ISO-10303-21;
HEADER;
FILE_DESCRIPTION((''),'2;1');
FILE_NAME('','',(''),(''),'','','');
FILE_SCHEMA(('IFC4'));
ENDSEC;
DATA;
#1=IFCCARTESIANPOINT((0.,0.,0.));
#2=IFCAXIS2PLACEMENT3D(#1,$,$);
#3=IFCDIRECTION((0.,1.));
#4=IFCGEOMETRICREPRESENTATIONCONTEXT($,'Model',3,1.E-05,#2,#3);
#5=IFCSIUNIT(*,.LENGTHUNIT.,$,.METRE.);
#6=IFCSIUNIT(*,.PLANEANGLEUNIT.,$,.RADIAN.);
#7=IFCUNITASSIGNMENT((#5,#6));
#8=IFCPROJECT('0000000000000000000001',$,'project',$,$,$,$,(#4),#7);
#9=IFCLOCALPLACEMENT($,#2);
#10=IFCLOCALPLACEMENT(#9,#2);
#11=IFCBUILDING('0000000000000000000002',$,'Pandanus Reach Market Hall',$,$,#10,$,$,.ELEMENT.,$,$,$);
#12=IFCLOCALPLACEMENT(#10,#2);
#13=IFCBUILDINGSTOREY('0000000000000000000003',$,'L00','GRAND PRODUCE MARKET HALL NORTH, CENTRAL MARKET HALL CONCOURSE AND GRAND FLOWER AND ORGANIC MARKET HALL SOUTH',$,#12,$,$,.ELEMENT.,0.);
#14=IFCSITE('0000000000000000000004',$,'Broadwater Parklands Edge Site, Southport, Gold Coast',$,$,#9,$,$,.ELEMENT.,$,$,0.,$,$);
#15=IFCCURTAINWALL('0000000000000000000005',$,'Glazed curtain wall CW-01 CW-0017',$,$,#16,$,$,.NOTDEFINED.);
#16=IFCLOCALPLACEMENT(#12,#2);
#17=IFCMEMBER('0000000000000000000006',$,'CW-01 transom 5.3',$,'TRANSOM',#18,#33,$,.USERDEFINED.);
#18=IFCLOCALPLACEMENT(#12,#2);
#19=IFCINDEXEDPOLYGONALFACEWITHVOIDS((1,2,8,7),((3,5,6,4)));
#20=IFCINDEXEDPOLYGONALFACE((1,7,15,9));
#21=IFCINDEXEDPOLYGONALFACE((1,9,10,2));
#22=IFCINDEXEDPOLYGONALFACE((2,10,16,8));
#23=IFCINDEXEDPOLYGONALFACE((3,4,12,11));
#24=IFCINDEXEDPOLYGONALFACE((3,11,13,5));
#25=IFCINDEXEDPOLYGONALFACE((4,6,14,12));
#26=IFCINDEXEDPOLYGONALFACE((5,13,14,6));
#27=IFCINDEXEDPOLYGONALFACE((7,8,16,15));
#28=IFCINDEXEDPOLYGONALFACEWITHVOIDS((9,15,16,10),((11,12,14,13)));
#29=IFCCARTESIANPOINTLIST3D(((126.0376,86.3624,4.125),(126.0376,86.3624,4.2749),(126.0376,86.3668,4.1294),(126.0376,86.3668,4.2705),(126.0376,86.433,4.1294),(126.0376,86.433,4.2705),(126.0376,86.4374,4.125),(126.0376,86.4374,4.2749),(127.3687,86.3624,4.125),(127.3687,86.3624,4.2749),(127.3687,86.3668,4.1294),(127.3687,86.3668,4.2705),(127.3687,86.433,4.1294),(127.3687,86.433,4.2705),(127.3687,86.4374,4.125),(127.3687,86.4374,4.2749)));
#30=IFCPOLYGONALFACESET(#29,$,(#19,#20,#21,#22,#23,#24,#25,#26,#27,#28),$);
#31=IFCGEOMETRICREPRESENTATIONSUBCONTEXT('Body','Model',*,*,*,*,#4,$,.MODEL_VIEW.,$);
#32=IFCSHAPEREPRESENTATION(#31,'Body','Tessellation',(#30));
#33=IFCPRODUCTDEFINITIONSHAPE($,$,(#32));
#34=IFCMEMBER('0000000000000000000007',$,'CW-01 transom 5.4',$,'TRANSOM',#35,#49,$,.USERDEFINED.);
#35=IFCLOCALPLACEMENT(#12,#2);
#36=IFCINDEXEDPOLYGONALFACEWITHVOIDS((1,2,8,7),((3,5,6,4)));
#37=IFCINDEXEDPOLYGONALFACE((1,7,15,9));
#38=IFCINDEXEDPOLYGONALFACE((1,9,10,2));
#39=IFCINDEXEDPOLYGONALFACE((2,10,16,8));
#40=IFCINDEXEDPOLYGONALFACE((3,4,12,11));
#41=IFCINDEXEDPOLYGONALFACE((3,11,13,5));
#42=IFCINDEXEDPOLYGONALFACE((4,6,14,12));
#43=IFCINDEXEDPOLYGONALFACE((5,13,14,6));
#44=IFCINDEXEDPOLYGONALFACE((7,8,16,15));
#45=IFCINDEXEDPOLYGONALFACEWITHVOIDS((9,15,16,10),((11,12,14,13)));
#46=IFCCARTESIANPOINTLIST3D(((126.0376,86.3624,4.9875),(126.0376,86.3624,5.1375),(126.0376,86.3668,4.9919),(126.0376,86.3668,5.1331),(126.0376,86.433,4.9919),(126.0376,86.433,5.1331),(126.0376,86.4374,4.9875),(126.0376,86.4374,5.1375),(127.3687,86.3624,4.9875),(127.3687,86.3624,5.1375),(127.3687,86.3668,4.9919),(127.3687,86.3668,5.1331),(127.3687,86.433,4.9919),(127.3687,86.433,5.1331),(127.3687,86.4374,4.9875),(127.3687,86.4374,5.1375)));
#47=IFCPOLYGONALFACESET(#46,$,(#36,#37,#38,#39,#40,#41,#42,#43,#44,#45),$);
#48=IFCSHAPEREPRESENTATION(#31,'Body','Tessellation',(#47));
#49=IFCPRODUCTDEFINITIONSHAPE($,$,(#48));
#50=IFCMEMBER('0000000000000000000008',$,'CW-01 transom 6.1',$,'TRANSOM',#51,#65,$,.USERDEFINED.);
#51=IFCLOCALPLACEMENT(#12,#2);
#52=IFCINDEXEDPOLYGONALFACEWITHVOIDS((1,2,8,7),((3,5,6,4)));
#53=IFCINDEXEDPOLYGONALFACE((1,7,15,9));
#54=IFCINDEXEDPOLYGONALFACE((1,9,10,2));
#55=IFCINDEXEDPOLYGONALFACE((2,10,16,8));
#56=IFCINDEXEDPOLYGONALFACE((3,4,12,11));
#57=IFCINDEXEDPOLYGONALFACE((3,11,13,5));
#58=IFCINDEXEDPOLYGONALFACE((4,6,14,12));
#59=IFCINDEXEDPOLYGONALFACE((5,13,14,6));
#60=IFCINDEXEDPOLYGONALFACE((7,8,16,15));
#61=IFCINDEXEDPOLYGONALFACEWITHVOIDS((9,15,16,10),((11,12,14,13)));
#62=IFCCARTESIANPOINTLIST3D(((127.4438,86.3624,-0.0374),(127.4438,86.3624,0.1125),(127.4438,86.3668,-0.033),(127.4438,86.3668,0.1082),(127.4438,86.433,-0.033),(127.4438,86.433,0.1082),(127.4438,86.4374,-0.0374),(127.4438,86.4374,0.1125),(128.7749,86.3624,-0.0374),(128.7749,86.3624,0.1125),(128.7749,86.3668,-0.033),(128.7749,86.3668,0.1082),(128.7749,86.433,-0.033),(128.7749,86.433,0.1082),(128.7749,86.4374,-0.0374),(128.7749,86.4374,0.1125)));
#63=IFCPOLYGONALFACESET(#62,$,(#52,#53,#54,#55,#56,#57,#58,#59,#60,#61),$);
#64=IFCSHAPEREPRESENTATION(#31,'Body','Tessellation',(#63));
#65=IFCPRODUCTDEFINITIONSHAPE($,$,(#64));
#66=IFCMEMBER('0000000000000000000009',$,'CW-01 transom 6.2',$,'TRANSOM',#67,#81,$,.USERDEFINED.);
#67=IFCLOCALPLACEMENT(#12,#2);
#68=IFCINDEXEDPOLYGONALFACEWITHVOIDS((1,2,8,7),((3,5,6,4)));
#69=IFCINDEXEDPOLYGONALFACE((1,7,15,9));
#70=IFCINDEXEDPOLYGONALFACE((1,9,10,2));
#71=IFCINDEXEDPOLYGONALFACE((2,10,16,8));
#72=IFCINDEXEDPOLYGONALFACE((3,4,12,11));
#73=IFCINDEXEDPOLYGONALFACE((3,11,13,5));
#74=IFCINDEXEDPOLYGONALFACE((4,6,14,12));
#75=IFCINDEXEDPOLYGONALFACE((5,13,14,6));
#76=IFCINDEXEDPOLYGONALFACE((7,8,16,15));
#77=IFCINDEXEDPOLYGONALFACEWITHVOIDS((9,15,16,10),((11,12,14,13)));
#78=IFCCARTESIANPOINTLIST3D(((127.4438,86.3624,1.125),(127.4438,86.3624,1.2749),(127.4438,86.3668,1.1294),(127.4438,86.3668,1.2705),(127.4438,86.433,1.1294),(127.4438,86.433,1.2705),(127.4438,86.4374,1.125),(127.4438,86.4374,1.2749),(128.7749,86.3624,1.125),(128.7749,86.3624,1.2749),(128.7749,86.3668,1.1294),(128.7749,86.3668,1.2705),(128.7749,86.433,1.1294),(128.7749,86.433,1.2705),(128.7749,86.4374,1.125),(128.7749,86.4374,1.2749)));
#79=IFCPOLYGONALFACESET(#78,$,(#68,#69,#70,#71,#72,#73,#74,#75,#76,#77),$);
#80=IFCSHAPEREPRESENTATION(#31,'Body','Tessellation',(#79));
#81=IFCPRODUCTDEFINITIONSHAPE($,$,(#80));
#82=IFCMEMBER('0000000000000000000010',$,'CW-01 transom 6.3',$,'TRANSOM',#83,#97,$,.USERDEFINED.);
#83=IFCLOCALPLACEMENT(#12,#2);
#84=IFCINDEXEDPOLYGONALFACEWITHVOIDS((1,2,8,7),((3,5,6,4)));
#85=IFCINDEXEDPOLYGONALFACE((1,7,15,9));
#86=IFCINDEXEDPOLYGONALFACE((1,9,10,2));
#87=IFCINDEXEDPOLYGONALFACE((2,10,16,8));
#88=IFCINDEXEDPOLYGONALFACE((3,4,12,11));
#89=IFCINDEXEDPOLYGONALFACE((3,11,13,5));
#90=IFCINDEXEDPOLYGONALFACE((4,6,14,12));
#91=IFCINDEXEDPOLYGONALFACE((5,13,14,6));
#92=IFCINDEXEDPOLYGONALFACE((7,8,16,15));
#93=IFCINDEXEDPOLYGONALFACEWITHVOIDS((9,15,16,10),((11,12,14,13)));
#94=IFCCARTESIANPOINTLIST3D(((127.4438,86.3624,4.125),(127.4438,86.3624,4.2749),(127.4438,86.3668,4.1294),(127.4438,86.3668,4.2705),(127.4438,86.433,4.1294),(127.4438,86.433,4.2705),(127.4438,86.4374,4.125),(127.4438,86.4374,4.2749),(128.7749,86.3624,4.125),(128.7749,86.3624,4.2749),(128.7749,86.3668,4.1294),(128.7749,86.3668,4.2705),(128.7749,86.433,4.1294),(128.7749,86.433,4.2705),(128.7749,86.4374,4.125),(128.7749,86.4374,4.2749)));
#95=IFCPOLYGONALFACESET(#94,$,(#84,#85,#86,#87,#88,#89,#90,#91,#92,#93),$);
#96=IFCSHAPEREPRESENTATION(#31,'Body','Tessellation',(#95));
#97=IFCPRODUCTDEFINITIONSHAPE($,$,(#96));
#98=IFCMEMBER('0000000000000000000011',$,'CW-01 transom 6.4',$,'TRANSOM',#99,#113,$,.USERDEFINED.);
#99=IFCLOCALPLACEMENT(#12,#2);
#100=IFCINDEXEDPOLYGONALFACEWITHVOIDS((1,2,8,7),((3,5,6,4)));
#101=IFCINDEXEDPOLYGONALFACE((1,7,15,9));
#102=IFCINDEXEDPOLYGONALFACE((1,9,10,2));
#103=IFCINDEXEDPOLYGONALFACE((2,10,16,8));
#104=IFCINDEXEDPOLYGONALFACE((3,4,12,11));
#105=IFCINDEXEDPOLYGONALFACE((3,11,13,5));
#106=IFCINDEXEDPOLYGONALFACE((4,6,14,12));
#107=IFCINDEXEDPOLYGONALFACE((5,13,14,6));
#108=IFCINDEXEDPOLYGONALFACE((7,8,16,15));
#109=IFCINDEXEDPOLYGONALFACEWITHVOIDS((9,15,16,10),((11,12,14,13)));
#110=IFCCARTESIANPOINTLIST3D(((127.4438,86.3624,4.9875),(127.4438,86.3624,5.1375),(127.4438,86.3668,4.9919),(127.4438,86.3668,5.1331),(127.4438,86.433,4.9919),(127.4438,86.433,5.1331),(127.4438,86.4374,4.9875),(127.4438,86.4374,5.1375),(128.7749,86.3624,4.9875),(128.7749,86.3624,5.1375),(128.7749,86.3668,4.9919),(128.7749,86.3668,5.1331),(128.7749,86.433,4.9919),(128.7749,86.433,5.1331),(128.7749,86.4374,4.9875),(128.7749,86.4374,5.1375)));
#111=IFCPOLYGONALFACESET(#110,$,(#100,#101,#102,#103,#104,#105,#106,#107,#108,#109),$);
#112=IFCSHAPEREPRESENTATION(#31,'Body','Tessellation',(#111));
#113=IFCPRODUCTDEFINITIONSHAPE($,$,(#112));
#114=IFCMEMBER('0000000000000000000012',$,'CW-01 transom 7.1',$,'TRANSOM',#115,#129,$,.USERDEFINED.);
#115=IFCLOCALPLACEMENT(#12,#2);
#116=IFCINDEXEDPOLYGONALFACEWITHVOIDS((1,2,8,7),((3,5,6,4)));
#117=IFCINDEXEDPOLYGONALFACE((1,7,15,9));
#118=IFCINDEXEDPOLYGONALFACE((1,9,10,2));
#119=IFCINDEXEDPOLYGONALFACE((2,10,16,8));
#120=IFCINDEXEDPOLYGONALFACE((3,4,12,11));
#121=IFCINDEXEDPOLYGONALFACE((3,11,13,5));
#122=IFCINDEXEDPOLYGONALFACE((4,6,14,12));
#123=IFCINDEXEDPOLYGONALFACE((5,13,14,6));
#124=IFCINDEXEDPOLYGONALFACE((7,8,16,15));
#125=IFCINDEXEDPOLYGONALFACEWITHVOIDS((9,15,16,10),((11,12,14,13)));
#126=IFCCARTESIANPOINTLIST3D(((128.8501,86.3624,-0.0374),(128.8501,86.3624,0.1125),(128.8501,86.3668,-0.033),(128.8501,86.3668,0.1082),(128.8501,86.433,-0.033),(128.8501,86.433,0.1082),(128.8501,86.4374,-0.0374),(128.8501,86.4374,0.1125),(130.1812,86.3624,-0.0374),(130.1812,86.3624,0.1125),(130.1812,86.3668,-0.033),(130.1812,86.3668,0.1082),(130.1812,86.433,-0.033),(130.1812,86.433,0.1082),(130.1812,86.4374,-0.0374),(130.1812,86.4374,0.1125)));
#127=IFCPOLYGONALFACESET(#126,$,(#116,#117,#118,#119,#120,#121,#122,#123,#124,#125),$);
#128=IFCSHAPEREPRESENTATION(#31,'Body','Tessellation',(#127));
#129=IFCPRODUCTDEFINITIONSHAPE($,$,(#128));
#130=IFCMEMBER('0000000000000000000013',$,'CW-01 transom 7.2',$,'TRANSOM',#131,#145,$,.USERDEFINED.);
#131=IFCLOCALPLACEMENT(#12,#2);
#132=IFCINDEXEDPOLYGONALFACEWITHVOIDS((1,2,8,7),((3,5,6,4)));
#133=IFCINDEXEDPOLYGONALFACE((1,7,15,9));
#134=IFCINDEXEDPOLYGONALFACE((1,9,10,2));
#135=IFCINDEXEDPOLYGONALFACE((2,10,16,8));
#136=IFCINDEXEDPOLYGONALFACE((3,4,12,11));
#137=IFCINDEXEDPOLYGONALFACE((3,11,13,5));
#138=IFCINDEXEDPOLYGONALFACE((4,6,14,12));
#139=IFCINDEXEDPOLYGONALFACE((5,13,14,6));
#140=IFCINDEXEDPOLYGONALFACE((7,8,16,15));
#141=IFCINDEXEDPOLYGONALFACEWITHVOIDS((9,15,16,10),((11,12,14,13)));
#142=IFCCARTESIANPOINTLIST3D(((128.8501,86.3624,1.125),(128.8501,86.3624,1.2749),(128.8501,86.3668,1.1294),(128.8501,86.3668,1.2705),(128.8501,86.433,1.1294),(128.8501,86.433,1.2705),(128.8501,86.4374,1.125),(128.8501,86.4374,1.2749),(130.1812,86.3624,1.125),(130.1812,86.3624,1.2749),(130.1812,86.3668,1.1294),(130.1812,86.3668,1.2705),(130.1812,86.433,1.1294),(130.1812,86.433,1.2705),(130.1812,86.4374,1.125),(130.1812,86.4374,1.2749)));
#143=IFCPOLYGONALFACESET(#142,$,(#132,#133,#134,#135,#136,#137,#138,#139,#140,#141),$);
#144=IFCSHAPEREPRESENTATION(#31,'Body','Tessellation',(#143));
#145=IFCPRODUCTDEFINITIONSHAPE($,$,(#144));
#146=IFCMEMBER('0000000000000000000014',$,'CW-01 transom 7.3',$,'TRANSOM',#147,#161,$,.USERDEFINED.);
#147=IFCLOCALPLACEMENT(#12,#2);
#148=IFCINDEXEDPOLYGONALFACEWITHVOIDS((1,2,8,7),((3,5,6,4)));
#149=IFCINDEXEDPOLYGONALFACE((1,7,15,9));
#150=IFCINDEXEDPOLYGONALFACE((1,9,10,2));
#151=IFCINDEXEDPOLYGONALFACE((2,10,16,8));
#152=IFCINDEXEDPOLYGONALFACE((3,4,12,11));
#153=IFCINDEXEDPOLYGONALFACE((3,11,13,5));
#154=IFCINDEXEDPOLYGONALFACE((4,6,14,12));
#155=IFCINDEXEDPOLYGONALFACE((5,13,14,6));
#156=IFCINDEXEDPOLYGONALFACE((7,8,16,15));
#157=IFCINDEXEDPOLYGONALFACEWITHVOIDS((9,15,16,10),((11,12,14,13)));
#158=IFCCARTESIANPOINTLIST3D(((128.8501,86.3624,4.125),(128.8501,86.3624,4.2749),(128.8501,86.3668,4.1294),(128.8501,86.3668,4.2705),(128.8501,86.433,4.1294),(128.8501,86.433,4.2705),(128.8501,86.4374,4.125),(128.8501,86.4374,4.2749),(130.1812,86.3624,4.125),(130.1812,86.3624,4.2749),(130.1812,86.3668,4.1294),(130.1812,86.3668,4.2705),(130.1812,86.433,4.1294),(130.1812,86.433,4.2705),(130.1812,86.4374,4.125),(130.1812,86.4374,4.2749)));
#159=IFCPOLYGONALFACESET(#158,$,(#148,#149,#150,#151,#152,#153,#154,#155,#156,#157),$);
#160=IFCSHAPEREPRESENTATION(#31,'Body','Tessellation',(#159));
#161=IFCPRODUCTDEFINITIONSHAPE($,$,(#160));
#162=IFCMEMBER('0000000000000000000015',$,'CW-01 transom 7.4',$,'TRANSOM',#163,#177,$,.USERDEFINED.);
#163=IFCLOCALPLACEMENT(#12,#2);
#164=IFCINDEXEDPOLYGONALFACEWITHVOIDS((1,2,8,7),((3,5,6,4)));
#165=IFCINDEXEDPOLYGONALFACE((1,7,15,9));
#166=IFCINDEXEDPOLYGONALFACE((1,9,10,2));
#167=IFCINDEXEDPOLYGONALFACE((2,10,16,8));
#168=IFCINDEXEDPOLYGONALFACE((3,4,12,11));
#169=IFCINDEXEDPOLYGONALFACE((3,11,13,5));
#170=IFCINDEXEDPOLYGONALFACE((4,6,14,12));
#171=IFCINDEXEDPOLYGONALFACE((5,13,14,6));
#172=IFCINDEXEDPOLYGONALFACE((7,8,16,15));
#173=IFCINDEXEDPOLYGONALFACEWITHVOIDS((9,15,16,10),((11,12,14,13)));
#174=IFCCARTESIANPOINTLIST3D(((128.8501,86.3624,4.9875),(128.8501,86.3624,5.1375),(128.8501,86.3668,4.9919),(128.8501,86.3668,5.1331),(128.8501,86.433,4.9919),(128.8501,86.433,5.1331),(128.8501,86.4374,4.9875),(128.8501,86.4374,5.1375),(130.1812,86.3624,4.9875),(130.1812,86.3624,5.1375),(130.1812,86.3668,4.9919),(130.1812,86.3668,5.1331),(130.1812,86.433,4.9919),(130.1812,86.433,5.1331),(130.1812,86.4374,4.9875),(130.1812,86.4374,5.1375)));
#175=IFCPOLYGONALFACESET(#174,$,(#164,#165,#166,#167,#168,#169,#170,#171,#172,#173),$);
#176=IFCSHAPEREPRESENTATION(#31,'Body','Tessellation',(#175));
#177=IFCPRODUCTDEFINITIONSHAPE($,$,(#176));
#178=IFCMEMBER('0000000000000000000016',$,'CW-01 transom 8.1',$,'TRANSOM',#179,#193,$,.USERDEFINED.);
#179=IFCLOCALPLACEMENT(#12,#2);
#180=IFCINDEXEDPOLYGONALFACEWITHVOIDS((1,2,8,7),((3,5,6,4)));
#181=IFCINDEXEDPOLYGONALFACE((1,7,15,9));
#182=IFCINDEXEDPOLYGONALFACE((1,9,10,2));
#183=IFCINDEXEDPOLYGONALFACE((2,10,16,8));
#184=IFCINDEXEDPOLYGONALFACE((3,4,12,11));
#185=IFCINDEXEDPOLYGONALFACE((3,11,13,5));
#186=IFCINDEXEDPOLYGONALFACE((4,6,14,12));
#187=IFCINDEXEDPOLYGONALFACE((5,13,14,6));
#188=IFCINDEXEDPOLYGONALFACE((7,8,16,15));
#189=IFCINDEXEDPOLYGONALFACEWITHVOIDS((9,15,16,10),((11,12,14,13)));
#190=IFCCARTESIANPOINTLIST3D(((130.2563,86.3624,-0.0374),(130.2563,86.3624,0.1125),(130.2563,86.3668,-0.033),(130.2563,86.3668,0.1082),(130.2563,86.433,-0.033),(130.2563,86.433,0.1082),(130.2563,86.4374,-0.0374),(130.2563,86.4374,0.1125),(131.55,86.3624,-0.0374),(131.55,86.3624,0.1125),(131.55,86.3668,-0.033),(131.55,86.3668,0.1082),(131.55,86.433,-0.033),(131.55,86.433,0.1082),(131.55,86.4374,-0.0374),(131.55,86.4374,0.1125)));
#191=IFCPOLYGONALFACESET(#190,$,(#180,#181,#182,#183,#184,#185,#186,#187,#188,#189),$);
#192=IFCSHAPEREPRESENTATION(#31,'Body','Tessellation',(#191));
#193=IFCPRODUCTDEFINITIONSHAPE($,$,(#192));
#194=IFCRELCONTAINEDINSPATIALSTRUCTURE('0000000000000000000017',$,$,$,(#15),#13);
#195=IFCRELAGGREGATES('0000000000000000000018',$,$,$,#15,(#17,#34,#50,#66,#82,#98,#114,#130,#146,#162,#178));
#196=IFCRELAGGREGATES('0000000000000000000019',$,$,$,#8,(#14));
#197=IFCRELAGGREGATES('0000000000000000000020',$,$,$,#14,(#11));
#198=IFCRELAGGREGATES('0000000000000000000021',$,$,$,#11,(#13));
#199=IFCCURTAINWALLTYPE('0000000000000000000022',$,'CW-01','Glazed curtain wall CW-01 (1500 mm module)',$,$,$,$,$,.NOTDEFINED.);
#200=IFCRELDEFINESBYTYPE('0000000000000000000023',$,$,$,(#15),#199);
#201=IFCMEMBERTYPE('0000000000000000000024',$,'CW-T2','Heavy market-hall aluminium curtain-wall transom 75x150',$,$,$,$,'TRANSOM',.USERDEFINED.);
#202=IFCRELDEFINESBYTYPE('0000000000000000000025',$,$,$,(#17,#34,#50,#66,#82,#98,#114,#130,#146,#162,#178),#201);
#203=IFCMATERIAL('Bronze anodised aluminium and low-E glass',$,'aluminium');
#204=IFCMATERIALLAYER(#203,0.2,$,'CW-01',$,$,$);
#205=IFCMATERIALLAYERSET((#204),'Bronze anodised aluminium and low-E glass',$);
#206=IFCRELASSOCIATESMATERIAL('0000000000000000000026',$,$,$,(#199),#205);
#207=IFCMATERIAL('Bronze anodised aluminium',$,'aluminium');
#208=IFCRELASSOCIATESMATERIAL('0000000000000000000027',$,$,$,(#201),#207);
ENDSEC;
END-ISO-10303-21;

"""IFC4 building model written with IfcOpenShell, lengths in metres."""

from ifc_helpers import new_model, si_unit, direction, frame, origin, origin_2d, place, context, subcontext, project, spatial, hollow_rectangle, extrude, material, layer, layer_set, material_profile, profile_set, type_object, element, aggregate, save


model = new_model("IFC4")

# Units and contexts
model_context = context("Model", 3, precision=1e-05, world=origin(), true_north=direction((0.0, 1.0)))
body_context = subcontext(model_context, "Body", "Model", "MODEL_VIEW")
ifc_project = project(units=[si_unit("LENGTHUNIT", "METRE"), si_unit("PLANEANGLEUNIT", "RADIAN")], contexts=[model_context])

# Site, building, storey
site_placement = place(None, origin())
site = spatial("IfcSite", under=ifc_project, at=site_placement, Name="Broadwater Parklands Edge Site, Southport, Gold Coast", CompositionType="ELEMENT", RefElevation=0.0)
building_placement = place(site_placement, origin())
building = spatial("IfcBuilding", under=site, at=building_placement, Name="Pandanus Reach Market Hall", CompositionType="ELEMENT")
storey_placement = place(building_placement, origin())
storey = spatial("IfcBuildingStorey", under=building, at=storey_placement, Name="L00", Description="GRAND PRODUCE MARKET HALL NORTH, CENTRAL MARKET HALL CONCOURSE AND GRAND FLOWER AND ORGANIC MARKET HALL SOUTH", CompositionType="ELEMENT", Elevation=0.0)

# Curtain wall, members
ifc_material_1 = material(Name="Bronze anodised aluminium and low-E glass", Category="aluminium")
ifc_layer_1 = layer(ifc_material_1, 0.2, Name="CW-01")
ifc_layer_set_1 = layer_set([ifc_layer_1], Name="Bronze anodised aluminium and low-E glass")
curtain_wall_type = type_object("IfcCurtainWallType", Name="CW-01", Description="Glazed curtain wall CW-01 (1500 mm module)", PredefinedType="NOTDEFINED", material=ifc_layer_set_1)
curtain_wall_placement = place(storey_placement, origin())
curtain_wall = element("IfcCurtainWall", 1, at=curtain_wall_placement, inside=storey, type_object=curtain_wall_type, Name="Glazed curtain wall CW-01 CW-0017", PredefinedType="NOTDEFINED")
ifc_material_2 = material(Name="Bronze anodised aluminium", Category="aluminium")
ifc_material_profile_1 = material_profile(ifc_material_2, hollow_rectangle(XDim=0.075, YDim=0.1499, WallThickness=0.0044, at=origin_2d()), Name="ALU75x150", Category="LoadBearing")
ifc_profile_set_1 = profile_set([ifc_material_profile_1], Name="Bronze anodised aluminium")
member_type_1 = type_object("IfcMemberType", Name="CW-T2", Description="Heavy market-hall aluminium curtain-wall transom 75x150", ElementType="TRANSOM", PredefinedType="USERDEFINED", material=ifc_profile_set_1)
member_1_placement = place(storey_placement, frame((126.0376, 86.3999, 4.2), z_axis=(1.0, 0.0, 0.0), x_axis=(0.0, 1.0, 0.0)))
member_1 = element("IfcMember", 2, at=member_1_placement, type_object=member_type_1, Name="CW-01 transom 5.3", ObjectType="TRANSOM", PredefinedType="USERDEFINED", context=body_context, shape_type="SweptSolid", body=[
    extrude(hollow_rectangle(XDim=0.075, YDim=0.1499, WallThickness=0.0044, at=origin_2d()), origin(), (0.0, 0.0, 1.0), 1.3311),
])
member_2_placement = place(storey_placement, frame((126.0376, 86.3999, 5.0625), z_axis=(1.0, 0.0, 0.0), x_axis=(0.0, 1.0, 0.0)))
member_2 = element("IfcMember", 3, at=member_2_placement, type_object=member_type_1, Name="CW-01 transom 5.4", ObjectType="TRANSOM", PredefinedType="USERDEFINED", context=body_context, shape_type="SweptSolid", body=[
    extrude(hollow_rectangle(XDim=0.075, YDim=0.1499, WallThickness=0.0044, at=origin_2d()), origin(), (0.0, 0.0, 1.0), 1.3311),
])
member_3_placement = place(storey_placement, frame((127.4438, 86.3999, 0.0376), z_axis=(1.0, 0.0, 0.0), x_axis=(0.0, 1.0, 0.0)))
member_3 = element("IfcMember", 4, at=member_3_placement, type_object=member_type_1, Name="CW-01 transom 6.1", ObjectType="TRANSOM", PredefinedType="USERDEFINED", context=body_context, shape_type="SweptSolid", body=[
    extrude(hollow_rectangle(XDim=0.075, YDim=0.1499, WallThickness=0.0044, at=origin_2d()), origin(), (0.0, 0.0, 1.0), 1.3311),
])
member_4_placement = place(storey_placement, frame((127.4438, 86.3999, 1.2), z_axis=(1.0, 0.0, 0.0), x_axis=(0.0, 1.0, 0.0)))
member_4 = element("IfcMember", 5, at=member_4_placement, type_object=member_type_1, Name="CW-01 transom 6.2", ObjectType="TRANSOM", PredefinedType="USERDEFINED", context=body_context, shape_type="SweptSolid", body=[
    extrude(hollow_rectangle(XDim=0.075, YDim=0.1499, WallThickness=0.0044, at=origin_2d()), origin(), (0.0, 0.0, 1.0), 1.3311),
])
member_5_placement = place(storey_placement, frame((127.4438, 86.3999, 4.2), z_axis=(1.0, 0.0, 0.0), x_axis=(0.0, 1.0, 0.0)))
member_5 = element("IfcMember", 6, at=member_5_placement, type_object=member_type_1, Name="CW-01 transom 6.3", ObjectType="TRANSOM", PredefinedType="USERDEFINED", context=body_context, shape_type="SweptSolid", body=[
    extrude(hollow_rectangle(XDim=0.075, YDim=0.1499, WallThickness=0.0044, at=origin_2d()), origin(), (0.0, 0.0, 1.0), 1.3311),
])
member_6_placement = place(storey_placement, frame((127.4438, 86.3999, 5.0625), z_axis=(1.0, 0.0, 0.0), x_axis=(0.0, 1.0, 0.0)))
member_6 = element("IfcMember", 7, at=member_6_placement, type_object=member_type_1, Name="CW-01 transom 6.4", ObjectType="TRANSOM", PredefinedType="USERDEFINED", context=body_context, shape_type="SweptSolid", body=[
    extrude(hollow_rectangle(XDim=0.075, YDim=0.1499, WallThickness=0.0044, at=origin_2d()), origin(), (0.0, 0.0, 1.0), 1.3311),
])
member_7_placement = place(storey_placement, frame((128.8501, 86.3999, 0.0376), z_axis=(1.0, 0.0, 0.0), x_axis=(0.0, 1.0, 0.0)))
member_7 = element("IfcMember", 8, at=member_7_placement, type_object=member_type_1, Name="CW-01 transom 7.1", ObjectType="TRANSOM", PredefinedType="USERDEFINED", context=body_context, shape_type="SweptSolid", body=[
    extrude(hollow_rectangle(XDim=0.075, YDim=0.1499, WallThickness=0.0044, at=origin_2d()), origin(), (0.0, 0.0, 1.0), 1.3311),
])
member_8_placement = place(storey_placement, frame((128.8501, 86.3999, 1.2), z_axis=(1.0, 0.0, 0.0), x_axis=(0.0, 1.0, 0.0)))
member_8 = element("IfcMember", 9, at=member_8_placement, type_object=member_type_1, Name="CW-01 transom 7.2", ObjectType="TRANSOM", PredefinedType="USERDEFINED", context=body_context, shape_type="SweptSolid", body=[
    extrude(hollow_rectangle(XDim=0.075, YDim=0.1499, WallThickness=0.0044, at=origin_2d()), origin(), (0.0, 0.0, 1.0), 1.3311),
])
member_9_placement = place(storey_placement, frame((128.8501, 86.3999, 4.2), z_axis=(1.0, 0.0, 0.0), x_axis=(0.0, 1.0, 0.0)))
member_9 = element("IfcMember", 10, at=member_9_placement, type_object=member_type_1, Name="CW-01 transom 7.3", ObjectType="TRANSOM", PredefinedType="USERDEFINED", context=body_context, shape_type="SweptSolid", body=[
    extrude(hollow_rectangle(XDim=0.075, YDim=0.1499, WallThickness=0.0044, at=origin_2d()), origin(), (0.0, 0.0, 1.0), 1.3311),
])
member_10_placement = place(storey_placement, frame((128.8501, 86.3999, 5.0625), z_axis=(1.0, 0.0, 0.0), x_axis=(0.0, 1.0, 0.0)))
member_10 = element("IfcMember", 11, at=member_10_placement, type_object=member_type_1, Name="CW-01 transom 7.4", ObjectType="TRANSOM", PredefinedType="USERDEFINED", context=body_context, shape_type="SweptSolid", body=[
    extrude(hollow_rectangle(XDim=0.075, YDim=0.1499, WallThickness=0.0044, at=origin_2d()), origin(), (0.0, 0.0, 1.0), 1.3311),
])
member_11_placement = place(storey_placement, frame((130.2563, 86.3999, 0.0376), z_axis=(1.0, 0.0, 0.0), x_axis=(0.0, 1.0, 0.0)))
member_11 = element("IfcMember", 12, at=member_11_placement, type_object=member_type_1, Name="CW-01 transom 8.1", ObjectType="TRANSOM", PredefinedType="USERDEFINED", context=body_context, shape_type="SweptSolid", body=[
    extrude(hollow_rectangle(XDim=0.075, YDim=0.1499, WallThickness=0.0044, at=origin_2d()), origin(), (0.0, 0.0, 1.0), 1.2937),
])
aggregate(curtain_wall, [member_1, member_2, member_3, member_4, member_5, member_6, member_7, member_8, member_9, member_10, member_11])

save(model, "model.ifc")
